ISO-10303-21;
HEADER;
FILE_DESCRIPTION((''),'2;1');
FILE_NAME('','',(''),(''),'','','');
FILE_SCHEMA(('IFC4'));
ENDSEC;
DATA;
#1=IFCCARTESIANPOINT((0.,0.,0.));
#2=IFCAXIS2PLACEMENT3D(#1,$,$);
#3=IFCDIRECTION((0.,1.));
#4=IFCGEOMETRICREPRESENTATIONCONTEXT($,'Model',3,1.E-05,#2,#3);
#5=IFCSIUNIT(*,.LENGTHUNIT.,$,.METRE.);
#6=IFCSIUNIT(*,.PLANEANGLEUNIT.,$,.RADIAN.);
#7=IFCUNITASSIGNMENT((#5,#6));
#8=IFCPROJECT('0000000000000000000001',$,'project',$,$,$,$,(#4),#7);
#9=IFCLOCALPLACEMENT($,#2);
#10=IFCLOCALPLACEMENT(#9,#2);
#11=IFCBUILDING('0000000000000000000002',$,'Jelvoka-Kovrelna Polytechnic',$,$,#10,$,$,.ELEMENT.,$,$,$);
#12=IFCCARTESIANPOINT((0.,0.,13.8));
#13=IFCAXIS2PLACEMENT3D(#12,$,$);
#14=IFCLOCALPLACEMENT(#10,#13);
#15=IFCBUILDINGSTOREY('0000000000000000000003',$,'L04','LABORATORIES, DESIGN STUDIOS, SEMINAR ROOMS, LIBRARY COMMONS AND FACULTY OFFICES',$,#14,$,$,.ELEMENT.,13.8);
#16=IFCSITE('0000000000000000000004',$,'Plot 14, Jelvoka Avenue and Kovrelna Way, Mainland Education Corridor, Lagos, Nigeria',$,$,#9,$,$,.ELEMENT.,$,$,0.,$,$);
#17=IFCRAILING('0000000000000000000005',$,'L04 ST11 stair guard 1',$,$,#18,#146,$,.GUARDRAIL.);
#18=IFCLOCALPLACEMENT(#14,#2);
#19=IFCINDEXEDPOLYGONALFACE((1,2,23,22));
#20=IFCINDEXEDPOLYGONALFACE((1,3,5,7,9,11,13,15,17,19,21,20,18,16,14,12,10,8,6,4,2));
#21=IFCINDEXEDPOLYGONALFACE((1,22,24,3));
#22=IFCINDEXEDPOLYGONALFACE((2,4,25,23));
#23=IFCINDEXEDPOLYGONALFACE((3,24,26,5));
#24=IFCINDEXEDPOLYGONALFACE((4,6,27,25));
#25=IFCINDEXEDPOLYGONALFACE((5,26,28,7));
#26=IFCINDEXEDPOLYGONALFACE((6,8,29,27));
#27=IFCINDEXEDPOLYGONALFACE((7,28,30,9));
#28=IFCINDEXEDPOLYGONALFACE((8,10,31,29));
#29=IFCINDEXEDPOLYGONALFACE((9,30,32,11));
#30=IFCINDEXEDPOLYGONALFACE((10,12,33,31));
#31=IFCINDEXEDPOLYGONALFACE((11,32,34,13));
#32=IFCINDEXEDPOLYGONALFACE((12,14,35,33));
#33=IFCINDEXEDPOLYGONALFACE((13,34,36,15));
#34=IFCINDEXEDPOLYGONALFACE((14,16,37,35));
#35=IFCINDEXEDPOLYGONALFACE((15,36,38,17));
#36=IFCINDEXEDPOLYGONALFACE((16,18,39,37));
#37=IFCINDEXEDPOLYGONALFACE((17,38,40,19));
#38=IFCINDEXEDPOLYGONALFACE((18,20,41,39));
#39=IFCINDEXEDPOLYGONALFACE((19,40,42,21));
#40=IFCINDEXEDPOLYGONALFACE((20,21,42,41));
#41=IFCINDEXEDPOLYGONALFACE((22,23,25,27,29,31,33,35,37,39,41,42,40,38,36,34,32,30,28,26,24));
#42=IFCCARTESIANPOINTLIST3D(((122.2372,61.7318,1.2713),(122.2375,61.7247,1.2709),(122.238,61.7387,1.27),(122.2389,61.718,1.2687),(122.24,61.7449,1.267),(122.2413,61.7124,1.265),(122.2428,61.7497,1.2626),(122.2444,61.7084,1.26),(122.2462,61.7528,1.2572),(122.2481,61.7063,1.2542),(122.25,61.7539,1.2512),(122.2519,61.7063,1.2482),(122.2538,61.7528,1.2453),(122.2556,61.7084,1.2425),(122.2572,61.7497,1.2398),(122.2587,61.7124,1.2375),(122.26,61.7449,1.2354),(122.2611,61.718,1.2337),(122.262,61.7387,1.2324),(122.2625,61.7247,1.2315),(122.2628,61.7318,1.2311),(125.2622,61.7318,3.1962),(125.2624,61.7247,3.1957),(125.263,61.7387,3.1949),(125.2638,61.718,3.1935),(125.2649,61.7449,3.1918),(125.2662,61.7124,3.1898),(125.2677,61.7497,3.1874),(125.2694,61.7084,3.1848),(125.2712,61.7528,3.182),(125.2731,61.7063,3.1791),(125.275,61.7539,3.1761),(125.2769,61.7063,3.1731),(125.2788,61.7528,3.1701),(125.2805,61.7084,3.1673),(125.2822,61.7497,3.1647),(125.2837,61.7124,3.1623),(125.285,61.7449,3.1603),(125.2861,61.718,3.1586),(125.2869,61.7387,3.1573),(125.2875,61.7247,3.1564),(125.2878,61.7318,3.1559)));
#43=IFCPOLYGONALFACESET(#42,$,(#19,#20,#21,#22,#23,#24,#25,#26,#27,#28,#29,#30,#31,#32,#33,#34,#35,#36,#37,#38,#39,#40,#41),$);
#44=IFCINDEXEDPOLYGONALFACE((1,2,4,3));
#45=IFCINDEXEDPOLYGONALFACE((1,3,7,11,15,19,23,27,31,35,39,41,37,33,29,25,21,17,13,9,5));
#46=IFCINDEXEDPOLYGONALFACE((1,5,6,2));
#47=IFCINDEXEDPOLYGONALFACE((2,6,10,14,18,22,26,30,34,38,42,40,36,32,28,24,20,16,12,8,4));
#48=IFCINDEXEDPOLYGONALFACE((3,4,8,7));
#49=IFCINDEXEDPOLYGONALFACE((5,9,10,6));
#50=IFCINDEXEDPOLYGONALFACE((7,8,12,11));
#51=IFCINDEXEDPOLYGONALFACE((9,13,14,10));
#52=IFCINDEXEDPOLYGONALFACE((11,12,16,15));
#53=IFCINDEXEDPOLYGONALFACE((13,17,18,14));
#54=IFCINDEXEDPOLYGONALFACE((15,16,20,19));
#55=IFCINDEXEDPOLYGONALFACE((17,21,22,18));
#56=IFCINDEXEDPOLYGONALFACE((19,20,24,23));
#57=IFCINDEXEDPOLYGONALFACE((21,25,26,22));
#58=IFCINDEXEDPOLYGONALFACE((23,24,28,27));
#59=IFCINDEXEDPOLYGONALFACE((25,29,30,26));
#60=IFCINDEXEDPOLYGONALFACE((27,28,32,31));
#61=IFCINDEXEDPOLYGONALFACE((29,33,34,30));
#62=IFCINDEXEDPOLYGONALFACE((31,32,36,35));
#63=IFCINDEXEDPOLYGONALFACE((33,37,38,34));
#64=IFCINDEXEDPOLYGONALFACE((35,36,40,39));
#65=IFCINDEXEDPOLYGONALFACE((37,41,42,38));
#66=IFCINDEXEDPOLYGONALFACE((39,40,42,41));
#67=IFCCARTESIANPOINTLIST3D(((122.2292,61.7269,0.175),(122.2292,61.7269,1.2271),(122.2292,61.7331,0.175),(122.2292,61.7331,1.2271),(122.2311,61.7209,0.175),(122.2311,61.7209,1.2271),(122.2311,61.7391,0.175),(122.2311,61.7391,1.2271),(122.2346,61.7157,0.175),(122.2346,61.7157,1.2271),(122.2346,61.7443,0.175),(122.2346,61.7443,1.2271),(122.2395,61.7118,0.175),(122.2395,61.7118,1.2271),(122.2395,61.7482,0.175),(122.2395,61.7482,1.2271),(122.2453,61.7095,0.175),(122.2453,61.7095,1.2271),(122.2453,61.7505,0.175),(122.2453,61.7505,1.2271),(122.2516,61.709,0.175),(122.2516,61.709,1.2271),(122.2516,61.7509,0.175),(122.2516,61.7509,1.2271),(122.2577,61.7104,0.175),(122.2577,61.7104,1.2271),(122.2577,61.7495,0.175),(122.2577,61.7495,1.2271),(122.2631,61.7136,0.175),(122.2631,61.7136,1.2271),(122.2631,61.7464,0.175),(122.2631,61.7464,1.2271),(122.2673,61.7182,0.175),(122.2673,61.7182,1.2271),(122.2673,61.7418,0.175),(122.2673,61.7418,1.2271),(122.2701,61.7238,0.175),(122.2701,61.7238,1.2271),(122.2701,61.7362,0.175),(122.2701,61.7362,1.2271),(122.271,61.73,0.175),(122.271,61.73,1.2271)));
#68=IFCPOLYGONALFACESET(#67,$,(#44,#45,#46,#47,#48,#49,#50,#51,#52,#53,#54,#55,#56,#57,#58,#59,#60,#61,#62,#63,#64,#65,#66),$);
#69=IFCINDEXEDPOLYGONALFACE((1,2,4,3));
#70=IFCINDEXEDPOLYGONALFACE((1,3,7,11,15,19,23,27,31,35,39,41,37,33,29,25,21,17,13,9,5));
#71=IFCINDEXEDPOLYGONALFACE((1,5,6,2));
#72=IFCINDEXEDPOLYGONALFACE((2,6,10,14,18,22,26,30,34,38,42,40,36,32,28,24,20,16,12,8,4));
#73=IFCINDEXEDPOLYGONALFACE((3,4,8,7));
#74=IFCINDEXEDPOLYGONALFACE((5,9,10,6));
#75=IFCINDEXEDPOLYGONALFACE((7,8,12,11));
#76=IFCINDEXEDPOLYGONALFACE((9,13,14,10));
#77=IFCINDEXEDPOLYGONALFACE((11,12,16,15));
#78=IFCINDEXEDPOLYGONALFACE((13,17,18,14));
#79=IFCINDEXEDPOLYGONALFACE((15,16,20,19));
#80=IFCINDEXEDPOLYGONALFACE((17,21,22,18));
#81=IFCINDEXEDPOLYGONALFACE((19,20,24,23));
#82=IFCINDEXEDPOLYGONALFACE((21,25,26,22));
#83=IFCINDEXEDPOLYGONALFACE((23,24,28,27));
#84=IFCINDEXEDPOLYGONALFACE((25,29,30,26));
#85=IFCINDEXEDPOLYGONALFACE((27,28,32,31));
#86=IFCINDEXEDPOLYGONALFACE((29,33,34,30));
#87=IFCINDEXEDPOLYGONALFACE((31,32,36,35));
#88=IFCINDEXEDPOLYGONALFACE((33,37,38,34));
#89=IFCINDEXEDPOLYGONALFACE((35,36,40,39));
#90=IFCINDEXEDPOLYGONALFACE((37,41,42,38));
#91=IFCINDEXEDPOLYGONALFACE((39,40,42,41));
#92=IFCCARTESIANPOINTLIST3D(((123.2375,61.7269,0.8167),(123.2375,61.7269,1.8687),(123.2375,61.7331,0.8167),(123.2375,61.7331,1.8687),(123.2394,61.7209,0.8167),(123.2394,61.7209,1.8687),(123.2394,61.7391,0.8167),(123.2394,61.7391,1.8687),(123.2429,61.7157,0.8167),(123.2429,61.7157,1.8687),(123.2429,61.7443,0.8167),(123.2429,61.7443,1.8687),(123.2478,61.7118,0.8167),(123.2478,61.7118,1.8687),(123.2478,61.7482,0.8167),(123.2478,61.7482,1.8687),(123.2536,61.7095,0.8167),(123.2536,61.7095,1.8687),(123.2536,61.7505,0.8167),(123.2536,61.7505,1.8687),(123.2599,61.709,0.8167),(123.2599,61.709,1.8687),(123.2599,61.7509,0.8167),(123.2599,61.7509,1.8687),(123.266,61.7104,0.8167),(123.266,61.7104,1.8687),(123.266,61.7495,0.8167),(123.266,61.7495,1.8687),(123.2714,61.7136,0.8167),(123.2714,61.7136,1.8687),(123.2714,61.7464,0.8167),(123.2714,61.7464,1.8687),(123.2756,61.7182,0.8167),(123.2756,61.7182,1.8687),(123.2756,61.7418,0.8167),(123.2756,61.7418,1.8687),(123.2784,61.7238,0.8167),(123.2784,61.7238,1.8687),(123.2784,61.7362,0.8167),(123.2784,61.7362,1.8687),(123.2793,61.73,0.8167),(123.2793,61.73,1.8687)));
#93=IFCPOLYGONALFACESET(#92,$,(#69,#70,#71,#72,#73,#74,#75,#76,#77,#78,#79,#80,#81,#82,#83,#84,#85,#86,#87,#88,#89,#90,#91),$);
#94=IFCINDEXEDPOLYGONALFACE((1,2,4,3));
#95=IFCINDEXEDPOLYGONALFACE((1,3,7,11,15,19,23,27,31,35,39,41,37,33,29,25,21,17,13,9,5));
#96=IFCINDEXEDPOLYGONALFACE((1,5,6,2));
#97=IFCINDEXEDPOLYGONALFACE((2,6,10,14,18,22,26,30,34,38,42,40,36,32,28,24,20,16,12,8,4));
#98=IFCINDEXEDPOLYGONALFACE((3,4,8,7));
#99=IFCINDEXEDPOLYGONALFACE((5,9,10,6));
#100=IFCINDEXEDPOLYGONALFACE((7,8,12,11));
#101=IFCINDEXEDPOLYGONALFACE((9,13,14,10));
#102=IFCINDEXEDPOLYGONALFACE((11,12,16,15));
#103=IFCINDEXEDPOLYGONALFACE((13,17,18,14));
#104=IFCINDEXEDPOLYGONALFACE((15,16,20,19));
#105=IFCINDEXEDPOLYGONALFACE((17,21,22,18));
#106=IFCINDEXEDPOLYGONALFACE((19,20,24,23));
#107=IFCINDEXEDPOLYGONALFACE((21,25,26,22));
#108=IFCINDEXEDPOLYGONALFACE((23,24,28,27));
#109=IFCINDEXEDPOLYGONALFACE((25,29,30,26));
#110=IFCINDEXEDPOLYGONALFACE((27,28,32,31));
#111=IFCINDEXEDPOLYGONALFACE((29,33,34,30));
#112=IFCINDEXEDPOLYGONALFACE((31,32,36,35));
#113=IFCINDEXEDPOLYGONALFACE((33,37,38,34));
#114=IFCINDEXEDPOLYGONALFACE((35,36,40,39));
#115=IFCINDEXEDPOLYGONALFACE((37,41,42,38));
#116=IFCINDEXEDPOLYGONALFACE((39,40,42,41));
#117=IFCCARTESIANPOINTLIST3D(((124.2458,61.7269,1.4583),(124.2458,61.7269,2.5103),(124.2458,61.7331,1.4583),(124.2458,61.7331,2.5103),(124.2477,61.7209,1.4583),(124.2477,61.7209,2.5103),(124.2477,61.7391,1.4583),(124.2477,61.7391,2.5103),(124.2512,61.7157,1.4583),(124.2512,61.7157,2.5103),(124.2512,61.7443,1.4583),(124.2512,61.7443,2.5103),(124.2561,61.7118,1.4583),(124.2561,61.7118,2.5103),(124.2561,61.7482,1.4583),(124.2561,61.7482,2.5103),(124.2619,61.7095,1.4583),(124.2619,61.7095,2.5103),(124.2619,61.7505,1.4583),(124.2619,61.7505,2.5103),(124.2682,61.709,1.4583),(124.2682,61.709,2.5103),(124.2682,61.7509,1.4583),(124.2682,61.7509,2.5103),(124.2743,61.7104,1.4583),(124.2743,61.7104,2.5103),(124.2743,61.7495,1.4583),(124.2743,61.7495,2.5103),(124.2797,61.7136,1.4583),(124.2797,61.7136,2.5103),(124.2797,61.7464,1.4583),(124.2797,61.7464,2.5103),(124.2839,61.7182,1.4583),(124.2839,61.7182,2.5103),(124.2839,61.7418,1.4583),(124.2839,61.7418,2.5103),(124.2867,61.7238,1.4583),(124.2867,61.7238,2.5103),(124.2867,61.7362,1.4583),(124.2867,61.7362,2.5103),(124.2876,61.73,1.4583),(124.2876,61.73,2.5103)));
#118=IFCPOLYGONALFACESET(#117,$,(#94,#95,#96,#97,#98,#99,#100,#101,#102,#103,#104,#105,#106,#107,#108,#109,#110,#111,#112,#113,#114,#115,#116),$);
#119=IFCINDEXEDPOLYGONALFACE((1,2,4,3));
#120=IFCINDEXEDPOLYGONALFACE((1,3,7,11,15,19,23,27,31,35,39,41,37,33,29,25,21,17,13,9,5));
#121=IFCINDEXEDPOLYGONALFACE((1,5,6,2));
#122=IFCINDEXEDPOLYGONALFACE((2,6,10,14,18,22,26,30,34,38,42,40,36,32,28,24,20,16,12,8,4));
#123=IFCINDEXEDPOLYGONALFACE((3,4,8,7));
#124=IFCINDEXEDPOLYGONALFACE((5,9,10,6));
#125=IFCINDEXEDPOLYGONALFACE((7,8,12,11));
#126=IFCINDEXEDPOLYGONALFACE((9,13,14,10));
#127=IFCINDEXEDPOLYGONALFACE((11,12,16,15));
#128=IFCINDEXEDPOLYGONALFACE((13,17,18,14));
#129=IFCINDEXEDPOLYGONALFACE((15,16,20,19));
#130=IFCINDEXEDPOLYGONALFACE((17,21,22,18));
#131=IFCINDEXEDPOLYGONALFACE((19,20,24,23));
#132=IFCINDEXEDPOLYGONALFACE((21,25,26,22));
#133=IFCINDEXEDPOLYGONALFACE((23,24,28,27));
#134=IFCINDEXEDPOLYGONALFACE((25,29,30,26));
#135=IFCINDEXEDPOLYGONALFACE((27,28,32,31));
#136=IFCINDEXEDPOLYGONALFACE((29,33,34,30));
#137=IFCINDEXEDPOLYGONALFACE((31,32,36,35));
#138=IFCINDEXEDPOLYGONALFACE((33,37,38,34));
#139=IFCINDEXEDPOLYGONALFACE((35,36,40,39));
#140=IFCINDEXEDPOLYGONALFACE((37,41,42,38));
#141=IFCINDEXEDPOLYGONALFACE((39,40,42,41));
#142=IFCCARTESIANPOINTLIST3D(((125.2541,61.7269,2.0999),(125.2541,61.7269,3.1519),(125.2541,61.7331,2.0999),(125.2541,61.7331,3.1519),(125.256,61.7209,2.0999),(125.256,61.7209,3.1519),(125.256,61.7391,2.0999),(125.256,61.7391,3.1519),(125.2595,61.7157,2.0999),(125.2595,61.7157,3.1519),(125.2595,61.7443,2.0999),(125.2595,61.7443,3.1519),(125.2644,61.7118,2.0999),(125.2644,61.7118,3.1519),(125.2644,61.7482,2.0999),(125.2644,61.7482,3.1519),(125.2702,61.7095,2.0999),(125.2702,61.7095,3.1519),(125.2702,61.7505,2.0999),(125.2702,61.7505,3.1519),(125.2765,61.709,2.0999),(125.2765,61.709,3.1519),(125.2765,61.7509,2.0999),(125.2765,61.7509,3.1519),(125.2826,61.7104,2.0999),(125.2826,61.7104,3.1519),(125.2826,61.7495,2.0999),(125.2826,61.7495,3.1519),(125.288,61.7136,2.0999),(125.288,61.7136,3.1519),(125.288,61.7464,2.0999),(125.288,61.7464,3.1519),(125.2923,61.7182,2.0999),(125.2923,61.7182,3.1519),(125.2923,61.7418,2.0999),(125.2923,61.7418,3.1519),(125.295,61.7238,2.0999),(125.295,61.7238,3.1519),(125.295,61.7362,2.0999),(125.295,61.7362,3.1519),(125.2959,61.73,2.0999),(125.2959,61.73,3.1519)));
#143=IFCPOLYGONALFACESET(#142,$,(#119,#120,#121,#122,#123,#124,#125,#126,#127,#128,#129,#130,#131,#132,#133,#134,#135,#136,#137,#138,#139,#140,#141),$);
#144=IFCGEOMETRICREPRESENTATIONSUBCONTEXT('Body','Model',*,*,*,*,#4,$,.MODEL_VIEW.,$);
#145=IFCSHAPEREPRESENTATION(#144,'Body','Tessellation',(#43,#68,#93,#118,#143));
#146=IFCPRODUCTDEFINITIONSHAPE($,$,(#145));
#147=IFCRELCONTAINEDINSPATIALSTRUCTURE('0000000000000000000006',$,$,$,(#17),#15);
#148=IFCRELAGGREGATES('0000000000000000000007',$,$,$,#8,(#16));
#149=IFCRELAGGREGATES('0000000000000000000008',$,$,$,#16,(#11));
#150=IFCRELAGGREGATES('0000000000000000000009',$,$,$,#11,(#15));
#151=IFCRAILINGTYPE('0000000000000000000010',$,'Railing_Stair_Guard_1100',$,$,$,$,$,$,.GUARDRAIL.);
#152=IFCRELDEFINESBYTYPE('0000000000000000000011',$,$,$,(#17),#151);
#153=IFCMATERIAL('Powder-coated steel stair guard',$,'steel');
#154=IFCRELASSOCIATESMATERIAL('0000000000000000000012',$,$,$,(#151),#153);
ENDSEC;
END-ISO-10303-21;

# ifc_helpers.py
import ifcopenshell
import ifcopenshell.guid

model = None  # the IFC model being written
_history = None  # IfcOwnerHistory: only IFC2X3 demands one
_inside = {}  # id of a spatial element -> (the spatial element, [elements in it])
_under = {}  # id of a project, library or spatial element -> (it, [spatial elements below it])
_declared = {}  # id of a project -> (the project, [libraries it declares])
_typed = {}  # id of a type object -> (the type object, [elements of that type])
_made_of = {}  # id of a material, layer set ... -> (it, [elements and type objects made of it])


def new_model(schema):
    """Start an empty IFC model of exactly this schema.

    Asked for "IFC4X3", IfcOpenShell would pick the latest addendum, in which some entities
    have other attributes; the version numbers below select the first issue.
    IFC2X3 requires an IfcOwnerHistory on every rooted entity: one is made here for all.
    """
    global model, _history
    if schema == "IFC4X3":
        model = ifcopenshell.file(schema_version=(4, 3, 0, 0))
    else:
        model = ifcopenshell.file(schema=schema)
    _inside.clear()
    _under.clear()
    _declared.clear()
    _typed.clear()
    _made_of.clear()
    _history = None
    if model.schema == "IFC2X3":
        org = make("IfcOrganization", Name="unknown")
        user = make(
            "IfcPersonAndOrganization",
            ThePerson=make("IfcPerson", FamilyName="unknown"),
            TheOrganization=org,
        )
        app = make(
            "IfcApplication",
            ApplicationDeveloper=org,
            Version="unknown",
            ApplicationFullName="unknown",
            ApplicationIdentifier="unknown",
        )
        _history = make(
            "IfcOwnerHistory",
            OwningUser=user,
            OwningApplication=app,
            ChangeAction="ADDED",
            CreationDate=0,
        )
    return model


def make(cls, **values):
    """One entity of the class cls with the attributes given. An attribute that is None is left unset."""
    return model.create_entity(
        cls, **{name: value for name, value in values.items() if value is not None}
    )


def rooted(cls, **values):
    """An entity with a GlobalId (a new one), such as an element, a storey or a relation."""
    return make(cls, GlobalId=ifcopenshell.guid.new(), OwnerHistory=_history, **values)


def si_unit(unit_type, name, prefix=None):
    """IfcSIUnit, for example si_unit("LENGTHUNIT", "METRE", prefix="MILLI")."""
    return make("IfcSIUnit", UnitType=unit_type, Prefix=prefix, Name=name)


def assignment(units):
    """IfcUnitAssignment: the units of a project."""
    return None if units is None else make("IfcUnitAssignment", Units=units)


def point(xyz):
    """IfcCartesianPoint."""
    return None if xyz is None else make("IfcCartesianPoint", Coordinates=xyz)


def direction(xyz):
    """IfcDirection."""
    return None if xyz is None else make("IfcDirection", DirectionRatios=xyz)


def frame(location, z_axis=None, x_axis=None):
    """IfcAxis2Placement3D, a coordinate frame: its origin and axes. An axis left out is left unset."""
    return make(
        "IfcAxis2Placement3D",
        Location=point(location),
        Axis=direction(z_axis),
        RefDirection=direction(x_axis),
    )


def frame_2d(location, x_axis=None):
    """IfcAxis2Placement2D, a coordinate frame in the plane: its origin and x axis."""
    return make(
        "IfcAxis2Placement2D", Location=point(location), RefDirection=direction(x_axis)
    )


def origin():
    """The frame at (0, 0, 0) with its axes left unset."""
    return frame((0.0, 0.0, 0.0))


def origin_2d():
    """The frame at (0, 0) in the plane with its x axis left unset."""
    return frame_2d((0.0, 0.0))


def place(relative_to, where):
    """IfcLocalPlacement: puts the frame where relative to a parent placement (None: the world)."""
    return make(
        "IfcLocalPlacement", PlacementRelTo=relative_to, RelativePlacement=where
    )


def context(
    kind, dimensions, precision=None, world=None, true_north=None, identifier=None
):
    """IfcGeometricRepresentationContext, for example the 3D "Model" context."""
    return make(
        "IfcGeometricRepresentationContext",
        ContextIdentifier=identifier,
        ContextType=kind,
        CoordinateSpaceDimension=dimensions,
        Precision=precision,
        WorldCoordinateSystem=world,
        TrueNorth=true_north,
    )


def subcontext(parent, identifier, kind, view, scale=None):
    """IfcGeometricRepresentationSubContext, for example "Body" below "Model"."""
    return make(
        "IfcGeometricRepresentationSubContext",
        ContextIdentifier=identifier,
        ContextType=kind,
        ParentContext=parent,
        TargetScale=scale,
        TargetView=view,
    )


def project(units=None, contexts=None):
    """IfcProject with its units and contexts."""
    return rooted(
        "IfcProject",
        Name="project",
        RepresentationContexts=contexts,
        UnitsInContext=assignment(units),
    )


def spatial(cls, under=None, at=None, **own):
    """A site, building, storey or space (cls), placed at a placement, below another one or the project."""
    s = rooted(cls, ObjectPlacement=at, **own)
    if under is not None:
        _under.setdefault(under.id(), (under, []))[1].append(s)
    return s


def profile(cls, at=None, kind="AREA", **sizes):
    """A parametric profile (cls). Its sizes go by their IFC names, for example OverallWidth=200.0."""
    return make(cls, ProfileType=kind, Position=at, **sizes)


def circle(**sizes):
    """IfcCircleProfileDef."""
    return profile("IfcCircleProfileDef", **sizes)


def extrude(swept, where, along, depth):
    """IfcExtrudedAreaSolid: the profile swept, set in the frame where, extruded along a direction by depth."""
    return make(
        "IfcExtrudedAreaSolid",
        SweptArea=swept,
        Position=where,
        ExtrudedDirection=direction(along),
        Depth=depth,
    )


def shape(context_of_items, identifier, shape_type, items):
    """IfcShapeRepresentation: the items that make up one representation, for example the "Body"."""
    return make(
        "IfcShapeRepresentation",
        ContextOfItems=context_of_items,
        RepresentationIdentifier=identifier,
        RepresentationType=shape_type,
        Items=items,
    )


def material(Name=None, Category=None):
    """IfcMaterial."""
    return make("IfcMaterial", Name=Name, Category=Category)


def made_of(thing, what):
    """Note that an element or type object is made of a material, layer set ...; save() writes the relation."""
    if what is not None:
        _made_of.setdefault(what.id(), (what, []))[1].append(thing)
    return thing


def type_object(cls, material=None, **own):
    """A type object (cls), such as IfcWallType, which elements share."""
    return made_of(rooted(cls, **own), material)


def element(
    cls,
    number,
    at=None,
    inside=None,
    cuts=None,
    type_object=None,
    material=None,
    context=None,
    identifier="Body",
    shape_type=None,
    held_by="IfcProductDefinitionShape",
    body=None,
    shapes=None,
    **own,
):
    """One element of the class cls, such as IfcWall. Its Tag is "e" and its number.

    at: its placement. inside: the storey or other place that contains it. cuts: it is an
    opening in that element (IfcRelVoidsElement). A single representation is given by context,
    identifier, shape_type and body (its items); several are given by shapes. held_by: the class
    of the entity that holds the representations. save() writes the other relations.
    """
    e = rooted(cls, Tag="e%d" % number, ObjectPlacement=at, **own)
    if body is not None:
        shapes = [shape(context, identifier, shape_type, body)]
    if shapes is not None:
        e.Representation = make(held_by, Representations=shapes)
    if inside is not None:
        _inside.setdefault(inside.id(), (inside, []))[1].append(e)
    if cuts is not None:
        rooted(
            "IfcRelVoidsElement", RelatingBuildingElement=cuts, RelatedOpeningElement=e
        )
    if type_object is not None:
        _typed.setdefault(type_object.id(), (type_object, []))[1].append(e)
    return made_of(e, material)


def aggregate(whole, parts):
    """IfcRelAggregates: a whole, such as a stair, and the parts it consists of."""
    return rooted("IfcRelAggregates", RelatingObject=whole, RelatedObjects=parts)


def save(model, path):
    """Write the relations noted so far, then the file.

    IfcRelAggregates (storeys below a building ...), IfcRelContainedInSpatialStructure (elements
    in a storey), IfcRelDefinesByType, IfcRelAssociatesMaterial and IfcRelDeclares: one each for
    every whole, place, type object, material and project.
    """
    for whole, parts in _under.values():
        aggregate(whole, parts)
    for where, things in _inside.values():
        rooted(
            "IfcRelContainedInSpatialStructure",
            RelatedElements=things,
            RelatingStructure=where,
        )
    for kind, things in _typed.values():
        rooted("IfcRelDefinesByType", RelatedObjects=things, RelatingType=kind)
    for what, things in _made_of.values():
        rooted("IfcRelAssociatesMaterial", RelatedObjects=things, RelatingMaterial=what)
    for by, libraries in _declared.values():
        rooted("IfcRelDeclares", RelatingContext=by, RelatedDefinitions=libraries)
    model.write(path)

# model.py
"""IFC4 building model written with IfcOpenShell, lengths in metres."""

from ifc_helpers import new_model, si_unit, direction, frame, origin, origin_2d, place, context, subcontext, project, spatial, circle, extrude, material, type_object, element, save


model = new_model("IFC4")

# Units and contexts
model_context = context("Model", 3, precision=1e-05, world=origin(), true_north=direction((0.0, 1.0)))
body_context = subcontext(model_context, "Body", "Model", "MODEL_VIEW")
ifc_project = project(units=[si_unit("LENGTHUNIT", "METRE"), si_unit("PLANEANGLEUNIT", "RADIAN")], contexts=[model_context])

# Site, building, storey
site_placement = place(None, origin())
site = spatial("IfcSite", under=ifc_project, at=site_placement, Name="Plot 14, Jelvoka Avenue and Kovrelna Way, Mainland Education Corridor, Lagos, Nigeria", CompositionType="ELEMENT", RefElevation=0.0)
building_placement = place(site_placement, origin())
building = spatial("IfcBuilding", under=site, at=building_placement, Name="Jelvoka-Kovrelna Polytechnic", CompositionType="ELEMENT")
storey_placement = place(building_placement, frame((0.0, 0.0, 13.8)))
storey = spatial("IfcBuildingStorey", under=building, at=storey_placement, Name="L04", Description="LABORATORIES, DESIGN STUDIOS, SEMINAR ROOMS, LIBRARY COMMONS AND FACULTY OFFICES", CompositionType="ELEMENT", Elevation=13.8)

# Railing
ifc_material_1 = material(Name="Powder-coated steel stair guard", Category="steel")
railing_type_1 = type_object("IfcRailingType", Name="Railing_Stair_Guard_1100", PredefinedType="GUARDRAIL", material=ifc_material_1)
railing_1_placement = place(storey_placement, frame((122.25, 61.73, 0.175)))
element("IfcRailing", 1, at=railing_1_placement, inside=storey, type_object=railing_type_1, Name="L04 ST11 stair guard 1", PredefinedType="GUARDRAIL", context=body_context, shape_type="SweptSolid", body=[
    extrude(circle(Radius=0.0239, at=origin_2d()), frame((0.0, 0.0, 1.0762), z_axis=(0.843678, 0.0, 0.536849), x_axis=(0.0, 1.0, 0.0)), (0.0, 0.0, 1.0), 3.5854),
    extrude(circle(Radius=0.021, at=origin_2d()), origin(), (0.0, 0.0, 1.0), 1.052),
    extrude(circle(Radius=0.021, at=origin_2d()), frame((1.0083, 0.0, 0.6416)), (0.0, 0.0, 1.0), 1.052),
    extrude(circle(Radius=0.021, at=origin_2d()), frame((2.0166, 0.0, 1.2832)), (0.0, 0.0, 1.0), 1.052),
    extrude(circle(Radius=0.021, at=origin_2d()), frame((3.0249, 0.0, 1.9248)), (0.0, 0.0, 1.0), 1.052),
])

save(model, "model.ifc")
